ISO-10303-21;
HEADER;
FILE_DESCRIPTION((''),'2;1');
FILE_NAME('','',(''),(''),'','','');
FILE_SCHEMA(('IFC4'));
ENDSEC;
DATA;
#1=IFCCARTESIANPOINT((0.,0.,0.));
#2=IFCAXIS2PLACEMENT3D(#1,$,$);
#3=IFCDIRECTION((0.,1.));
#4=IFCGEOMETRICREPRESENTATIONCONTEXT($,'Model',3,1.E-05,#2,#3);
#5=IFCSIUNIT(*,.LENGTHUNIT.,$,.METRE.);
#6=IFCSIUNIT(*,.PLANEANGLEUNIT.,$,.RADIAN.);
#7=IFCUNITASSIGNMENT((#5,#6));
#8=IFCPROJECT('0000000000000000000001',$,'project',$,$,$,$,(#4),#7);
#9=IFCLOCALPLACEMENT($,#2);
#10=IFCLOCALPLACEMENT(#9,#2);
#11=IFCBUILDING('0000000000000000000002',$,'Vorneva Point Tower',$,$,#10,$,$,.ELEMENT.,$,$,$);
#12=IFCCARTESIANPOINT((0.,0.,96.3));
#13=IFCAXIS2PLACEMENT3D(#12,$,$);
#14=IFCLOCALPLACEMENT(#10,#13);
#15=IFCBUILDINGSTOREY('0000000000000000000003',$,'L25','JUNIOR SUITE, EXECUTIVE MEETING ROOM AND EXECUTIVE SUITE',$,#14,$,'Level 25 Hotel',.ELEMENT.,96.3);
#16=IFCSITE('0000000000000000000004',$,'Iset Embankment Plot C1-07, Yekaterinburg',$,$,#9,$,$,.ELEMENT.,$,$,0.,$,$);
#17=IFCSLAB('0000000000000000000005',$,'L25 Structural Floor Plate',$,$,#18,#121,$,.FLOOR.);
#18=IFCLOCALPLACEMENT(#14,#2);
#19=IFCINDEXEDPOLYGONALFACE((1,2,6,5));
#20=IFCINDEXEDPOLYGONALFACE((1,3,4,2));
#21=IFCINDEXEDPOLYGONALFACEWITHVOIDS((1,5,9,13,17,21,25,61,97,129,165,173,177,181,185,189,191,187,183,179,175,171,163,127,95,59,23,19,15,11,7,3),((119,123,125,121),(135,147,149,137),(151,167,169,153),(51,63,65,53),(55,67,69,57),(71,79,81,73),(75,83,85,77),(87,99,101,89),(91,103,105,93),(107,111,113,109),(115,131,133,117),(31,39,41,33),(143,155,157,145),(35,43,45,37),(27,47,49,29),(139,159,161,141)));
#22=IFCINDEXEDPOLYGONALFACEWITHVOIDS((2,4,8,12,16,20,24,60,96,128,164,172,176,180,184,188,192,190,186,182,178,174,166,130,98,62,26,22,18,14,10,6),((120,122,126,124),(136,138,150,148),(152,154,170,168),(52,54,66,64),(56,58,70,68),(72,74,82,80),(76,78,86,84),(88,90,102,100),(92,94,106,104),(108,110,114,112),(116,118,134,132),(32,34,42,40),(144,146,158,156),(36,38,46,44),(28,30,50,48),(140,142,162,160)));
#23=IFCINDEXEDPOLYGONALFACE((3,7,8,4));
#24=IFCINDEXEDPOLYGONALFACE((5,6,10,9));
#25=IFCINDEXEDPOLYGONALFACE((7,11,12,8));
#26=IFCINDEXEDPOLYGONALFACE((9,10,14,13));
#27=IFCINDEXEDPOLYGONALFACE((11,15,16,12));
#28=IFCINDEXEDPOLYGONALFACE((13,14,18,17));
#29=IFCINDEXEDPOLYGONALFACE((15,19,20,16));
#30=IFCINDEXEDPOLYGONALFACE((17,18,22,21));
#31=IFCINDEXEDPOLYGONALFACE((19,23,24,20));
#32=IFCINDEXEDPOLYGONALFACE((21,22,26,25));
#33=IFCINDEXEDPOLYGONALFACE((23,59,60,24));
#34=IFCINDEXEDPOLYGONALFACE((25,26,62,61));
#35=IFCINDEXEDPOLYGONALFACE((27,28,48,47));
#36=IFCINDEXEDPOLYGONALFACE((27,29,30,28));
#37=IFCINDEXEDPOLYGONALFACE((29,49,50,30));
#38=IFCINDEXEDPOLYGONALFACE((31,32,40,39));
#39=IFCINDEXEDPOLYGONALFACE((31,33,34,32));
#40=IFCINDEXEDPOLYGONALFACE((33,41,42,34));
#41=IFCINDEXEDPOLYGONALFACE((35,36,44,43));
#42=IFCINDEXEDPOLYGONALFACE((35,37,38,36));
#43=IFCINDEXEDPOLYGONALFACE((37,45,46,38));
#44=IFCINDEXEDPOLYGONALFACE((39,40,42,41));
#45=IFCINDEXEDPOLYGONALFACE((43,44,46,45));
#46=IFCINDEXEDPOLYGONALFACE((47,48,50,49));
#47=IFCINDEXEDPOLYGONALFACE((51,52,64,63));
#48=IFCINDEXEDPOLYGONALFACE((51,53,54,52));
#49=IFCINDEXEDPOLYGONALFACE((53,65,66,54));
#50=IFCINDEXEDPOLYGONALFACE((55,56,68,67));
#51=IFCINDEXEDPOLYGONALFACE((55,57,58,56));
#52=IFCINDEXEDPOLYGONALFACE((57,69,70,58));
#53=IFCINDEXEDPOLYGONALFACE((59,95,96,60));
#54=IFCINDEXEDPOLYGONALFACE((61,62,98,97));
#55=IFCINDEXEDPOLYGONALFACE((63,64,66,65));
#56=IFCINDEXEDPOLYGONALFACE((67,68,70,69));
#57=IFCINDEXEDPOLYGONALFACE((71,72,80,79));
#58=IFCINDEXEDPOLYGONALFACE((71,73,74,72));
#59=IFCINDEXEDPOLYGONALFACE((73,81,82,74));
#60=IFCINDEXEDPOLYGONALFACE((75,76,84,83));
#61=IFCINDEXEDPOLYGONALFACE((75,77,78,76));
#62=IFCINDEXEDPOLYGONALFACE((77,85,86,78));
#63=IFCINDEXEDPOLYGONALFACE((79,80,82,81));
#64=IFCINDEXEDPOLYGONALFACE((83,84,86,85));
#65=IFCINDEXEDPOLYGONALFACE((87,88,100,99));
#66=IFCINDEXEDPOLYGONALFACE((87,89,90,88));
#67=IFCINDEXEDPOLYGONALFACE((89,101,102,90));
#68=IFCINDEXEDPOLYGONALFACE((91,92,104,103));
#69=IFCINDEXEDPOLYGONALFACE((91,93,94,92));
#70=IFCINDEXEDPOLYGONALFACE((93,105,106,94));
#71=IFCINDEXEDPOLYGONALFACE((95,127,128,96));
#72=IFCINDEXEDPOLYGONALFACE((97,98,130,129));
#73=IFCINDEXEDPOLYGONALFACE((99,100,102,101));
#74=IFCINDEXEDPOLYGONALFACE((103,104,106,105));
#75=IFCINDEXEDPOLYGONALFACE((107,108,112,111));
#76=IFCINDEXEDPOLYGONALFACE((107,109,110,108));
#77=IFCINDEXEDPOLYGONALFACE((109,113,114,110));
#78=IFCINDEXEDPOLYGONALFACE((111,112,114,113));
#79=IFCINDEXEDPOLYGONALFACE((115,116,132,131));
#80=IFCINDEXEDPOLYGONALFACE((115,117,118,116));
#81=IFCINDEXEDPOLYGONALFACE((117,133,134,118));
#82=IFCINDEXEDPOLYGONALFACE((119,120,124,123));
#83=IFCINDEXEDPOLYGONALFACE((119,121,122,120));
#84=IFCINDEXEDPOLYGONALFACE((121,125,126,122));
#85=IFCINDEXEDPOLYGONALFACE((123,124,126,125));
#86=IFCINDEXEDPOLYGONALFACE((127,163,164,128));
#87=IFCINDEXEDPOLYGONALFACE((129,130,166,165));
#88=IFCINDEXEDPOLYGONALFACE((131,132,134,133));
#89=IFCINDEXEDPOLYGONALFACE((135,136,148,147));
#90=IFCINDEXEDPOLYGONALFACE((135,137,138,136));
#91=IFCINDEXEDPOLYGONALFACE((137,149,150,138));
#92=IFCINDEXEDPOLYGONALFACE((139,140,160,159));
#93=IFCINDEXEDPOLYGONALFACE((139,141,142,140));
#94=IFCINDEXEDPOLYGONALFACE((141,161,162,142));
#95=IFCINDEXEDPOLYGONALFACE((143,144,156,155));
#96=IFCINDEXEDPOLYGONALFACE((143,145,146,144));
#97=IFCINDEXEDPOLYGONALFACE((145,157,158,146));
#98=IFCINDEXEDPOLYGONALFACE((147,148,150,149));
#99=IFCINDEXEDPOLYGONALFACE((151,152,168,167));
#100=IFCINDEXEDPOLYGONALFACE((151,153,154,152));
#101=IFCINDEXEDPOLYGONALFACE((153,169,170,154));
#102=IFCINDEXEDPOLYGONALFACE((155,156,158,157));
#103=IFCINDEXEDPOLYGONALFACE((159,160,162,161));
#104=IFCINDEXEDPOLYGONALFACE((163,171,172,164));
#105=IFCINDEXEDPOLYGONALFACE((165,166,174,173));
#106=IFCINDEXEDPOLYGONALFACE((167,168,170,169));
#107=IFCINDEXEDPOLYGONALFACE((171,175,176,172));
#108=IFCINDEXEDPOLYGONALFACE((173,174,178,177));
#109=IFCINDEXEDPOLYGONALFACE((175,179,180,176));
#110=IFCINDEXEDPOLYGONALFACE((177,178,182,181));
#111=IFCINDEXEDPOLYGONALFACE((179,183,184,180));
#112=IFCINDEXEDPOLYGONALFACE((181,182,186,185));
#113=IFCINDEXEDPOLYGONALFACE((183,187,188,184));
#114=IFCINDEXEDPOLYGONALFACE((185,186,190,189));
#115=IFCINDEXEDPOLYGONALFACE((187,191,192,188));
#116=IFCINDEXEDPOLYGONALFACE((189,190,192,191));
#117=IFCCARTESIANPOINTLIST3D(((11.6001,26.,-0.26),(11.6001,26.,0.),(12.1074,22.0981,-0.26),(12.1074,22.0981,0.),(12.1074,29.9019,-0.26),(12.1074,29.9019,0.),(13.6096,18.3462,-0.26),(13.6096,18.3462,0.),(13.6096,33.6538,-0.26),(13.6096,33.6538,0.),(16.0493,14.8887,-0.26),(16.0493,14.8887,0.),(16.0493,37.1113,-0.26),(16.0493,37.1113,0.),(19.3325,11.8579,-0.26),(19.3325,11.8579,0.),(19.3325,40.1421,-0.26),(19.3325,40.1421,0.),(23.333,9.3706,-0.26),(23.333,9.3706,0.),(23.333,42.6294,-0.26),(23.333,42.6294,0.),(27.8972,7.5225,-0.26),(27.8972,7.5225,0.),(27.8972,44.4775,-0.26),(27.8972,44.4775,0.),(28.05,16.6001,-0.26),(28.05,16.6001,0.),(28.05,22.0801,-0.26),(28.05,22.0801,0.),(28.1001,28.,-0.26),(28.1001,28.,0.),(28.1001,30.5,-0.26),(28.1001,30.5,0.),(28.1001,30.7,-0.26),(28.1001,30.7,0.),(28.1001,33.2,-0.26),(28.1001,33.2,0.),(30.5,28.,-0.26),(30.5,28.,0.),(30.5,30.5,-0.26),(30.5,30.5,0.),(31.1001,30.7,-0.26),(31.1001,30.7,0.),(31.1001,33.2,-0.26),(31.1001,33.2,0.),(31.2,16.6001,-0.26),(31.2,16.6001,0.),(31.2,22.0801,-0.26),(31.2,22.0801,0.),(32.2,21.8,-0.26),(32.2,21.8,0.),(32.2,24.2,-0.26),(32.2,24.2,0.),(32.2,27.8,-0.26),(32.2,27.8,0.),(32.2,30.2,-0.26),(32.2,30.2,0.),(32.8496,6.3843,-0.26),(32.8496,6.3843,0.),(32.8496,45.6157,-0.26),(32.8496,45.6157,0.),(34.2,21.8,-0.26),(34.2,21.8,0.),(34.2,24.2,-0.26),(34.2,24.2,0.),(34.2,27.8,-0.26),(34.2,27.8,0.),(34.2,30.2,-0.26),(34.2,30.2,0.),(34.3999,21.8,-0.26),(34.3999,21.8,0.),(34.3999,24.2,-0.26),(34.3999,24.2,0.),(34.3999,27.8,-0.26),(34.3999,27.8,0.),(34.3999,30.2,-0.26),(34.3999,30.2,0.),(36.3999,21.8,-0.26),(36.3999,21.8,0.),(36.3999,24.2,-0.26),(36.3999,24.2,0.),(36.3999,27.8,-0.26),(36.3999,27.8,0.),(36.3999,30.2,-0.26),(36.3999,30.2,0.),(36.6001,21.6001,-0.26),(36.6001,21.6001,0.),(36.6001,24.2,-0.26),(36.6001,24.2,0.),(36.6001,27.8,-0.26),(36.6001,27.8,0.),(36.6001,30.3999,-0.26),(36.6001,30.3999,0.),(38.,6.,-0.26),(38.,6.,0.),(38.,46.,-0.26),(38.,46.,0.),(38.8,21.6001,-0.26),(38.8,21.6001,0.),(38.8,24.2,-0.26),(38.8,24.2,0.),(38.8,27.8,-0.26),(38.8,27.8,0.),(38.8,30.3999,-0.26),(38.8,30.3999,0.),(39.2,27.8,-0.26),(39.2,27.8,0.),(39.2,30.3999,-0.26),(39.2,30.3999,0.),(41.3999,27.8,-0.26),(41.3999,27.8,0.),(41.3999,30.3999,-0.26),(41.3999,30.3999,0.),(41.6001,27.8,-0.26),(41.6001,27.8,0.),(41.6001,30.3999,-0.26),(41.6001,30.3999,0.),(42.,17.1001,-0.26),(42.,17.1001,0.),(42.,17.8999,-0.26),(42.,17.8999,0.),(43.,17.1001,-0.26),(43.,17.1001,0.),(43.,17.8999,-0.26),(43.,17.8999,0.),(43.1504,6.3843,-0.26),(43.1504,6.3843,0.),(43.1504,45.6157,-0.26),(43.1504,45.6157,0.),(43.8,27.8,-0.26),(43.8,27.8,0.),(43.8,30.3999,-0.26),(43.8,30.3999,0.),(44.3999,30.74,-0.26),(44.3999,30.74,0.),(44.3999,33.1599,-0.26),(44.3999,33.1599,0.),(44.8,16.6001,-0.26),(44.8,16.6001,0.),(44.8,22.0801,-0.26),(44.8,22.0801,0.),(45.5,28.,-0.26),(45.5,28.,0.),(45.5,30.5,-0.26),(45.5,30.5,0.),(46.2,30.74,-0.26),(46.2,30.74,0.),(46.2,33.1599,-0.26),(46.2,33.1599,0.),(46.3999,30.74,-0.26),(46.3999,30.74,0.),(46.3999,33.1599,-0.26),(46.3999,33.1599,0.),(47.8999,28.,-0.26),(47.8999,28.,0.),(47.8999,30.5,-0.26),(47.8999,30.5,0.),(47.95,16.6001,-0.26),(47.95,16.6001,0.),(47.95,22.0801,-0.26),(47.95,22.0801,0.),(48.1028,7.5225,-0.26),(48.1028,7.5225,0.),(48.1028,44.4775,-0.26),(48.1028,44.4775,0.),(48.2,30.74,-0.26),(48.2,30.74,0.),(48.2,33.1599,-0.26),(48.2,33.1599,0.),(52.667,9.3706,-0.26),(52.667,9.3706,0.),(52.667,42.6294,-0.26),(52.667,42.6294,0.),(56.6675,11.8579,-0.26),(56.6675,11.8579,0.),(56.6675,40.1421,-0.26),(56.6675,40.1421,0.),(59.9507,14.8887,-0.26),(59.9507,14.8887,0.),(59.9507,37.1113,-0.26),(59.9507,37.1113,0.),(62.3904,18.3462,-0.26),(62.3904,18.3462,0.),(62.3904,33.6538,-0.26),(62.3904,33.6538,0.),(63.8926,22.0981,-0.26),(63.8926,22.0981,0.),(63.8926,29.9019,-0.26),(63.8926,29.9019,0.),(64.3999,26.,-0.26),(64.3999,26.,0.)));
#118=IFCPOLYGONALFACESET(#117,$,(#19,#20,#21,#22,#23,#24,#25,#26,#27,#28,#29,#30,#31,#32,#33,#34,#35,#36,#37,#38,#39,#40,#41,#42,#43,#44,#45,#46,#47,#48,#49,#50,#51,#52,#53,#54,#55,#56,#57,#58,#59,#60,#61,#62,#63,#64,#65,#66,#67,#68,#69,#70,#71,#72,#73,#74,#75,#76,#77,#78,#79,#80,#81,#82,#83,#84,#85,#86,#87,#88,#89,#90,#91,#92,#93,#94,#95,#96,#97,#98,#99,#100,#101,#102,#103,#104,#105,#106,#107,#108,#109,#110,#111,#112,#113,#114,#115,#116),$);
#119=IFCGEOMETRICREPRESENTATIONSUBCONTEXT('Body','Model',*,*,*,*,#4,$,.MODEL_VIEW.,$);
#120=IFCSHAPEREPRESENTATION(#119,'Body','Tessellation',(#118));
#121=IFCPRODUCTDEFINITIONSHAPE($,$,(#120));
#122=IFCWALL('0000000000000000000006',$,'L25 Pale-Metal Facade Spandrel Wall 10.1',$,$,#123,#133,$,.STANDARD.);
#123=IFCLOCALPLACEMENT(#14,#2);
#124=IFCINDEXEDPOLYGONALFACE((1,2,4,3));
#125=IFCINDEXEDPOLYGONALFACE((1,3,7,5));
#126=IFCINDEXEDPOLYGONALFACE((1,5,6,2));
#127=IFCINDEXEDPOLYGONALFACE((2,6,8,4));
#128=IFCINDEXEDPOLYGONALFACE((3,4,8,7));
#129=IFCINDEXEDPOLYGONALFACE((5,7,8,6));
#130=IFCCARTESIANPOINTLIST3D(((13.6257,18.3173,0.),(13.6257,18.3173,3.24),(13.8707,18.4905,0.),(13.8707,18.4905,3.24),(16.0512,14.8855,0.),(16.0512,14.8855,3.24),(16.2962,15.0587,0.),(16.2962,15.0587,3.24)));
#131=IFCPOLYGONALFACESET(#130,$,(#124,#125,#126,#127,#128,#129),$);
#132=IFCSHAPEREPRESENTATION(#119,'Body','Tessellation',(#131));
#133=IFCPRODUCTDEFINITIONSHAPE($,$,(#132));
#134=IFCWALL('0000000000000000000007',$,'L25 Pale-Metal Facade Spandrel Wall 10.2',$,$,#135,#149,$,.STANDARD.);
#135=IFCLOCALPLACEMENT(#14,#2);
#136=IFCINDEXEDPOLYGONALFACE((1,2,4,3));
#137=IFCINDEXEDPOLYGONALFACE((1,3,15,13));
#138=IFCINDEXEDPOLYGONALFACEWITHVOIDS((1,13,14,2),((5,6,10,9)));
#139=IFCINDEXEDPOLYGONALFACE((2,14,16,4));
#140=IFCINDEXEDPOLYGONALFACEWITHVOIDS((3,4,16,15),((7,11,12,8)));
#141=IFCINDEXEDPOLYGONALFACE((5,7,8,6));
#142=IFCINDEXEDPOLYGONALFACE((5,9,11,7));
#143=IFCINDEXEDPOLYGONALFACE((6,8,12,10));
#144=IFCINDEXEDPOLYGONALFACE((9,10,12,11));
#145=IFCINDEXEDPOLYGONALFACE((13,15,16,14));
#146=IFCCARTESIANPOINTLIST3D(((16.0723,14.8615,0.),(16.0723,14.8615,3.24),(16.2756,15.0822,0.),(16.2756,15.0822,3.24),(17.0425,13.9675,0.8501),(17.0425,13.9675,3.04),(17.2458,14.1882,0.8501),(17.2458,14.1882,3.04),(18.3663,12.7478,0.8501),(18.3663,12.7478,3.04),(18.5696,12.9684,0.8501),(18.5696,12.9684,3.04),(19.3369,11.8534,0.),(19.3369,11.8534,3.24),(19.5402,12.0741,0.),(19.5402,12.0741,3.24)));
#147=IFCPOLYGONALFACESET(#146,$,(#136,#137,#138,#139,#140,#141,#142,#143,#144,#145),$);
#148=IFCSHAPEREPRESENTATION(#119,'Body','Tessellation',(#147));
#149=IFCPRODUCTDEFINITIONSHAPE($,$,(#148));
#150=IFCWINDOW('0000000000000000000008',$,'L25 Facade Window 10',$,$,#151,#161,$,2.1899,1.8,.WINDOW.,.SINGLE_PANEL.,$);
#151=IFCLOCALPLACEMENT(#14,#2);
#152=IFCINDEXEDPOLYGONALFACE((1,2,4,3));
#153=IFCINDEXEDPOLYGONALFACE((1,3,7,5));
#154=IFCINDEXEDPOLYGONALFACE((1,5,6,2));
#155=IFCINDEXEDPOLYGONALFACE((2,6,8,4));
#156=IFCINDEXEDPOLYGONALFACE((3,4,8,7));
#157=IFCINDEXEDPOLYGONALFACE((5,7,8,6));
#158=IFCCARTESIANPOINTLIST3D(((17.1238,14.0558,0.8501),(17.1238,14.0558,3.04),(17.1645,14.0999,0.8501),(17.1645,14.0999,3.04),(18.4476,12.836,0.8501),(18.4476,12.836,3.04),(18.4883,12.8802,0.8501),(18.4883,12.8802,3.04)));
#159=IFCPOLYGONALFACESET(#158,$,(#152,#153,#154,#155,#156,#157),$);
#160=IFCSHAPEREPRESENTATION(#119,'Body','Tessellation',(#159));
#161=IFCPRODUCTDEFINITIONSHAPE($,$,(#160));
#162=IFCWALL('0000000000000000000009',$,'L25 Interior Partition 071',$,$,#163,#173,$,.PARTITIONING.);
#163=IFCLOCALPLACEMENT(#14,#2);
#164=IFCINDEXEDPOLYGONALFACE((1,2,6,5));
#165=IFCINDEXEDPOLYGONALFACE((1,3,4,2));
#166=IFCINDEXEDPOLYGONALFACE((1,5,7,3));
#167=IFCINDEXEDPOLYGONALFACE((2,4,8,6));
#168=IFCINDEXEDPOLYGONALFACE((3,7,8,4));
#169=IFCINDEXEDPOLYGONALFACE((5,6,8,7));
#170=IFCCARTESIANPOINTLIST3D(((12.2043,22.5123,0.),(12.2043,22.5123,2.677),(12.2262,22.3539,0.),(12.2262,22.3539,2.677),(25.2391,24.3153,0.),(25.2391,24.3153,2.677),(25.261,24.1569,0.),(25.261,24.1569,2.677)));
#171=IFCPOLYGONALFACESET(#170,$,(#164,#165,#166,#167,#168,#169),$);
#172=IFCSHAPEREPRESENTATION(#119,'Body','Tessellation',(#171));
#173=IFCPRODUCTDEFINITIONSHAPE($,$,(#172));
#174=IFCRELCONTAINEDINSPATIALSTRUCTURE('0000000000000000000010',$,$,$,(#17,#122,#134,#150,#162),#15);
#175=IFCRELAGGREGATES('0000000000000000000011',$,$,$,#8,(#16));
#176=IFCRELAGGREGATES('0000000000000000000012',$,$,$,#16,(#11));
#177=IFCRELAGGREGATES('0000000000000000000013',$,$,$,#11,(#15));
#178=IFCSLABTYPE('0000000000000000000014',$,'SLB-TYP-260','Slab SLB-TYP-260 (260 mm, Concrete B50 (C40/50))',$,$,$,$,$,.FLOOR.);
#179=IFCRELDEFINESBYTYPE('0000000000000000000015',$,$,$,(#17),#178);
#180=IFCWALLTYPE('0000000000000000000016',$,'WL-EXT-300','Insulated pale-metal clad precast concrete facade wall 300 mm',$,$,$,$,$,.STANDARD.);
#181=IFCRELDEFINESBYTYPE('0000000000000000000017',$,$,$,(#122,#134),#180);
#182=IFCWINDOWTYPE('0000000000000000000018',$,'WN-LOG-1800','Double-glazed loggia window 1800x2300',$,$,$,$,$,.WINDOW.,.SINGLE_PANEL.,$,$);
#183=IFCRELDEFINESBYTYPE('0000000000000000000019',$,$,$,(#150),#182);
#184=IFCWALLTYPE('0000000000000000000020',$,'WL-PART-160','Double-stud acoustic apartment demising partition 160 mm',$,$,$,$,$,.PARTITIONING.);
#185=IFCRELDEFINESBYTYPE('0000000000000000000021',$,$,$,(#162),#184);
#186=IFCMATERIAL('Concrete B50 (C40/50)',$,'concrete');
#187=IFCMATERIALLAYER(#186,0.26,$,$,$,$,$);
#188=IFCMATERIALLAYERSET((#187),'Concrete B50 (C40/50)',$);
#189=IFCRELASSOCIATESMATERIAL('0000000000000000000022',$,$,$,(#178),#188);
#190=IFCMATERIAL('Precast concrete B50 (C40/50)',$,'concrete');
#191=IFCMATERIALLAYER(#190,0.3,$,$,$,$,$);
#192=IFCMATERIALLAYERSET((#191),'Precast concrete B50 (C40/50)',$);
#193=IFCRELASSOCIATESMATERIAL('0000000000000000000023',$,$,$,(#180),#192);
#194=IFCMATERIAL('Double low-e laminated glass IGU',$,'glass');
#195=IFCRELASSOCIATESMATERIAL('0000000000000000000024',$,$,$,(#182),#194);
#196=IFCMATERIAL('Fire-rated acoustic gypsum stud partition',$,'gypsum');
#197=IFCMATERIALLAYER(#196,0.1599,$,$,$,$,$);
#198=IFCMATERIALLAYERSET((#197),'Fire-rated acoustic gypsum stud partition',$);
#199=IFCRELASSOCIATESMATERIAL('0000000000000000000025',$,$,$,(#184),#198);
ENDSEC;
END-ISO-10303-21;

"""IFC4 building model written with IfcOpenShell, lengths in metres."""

from ifc_helpers import new_model, si_unit, direction, frame, frame_2d, origin, place, context, subcontext, project, spatial, polyline, rectangle, outline, extrude, material, layer, layer_set, type_object, element, fill, save


model = new_model("IFC4")

# Units and contexts
model_context = context("Model", 3, precision=1e-05, world=origin(), true_north=direction((0.0, 1.0)))
body_context = subcontext(model_context, "Body", "Model", "MODEL_VIEW")
ifc_project = project(units=[si_unit("LENGTHUNIT", "METRE"), si_unit("PLANEANGLEUNIT", "RADIAN")], contexts=[model_context])

# Site, building, storey
site_placement = place(None, origin())
site = spatial("IfcSite", under=ifc_project, at=site_placement, Name="Iset Embankment Plot C1-07, Yekaterinburg", CompositionType="ELEMENT", RefElevation=0.0)
building_placement = place(site_placement, origin())
building = spatial("IfcBuilding", under=site, at=building_placement, Name="Vorneva Point Tower", CompositionType="ELEMENT")
storey_placement = place(building_placement, frame((0.0, 0.0, 96.3)))
storey = spatial("IfcBuildingStorey", under=building, at=storey_placement, Name="L25", Description="JUNIOR SUITE, EXECUTIVE MEETING ROOM AND EXECUTIVE SUITE", LongName="Level 25 Hotel", CompositionType="ELEMENT", Elevation=96.3)

# Shared definitions
ifc_material_1 = material(Name="Double low-e laminated glass IGU", Category="glass")

# Shared definitions
ifc_material_2 = material(Name="Concrete B50 (C40/50)", Category="concrete")

# Slab
ifc_layer_1 = layer(ifc_material_2, 0.26)
ifc_layer_set_1 = layer_set([ifc_layer_1], Name="Concrete B50 (C40/50)")
slab_type_1 = type_object("IfcSlabType", Name="SLB-TYP-260", Description="Slab SLB-TYP-260 (260 mm, Concrete B50 (C40/50))", PredefinedType="FLOOR", material=ifc_layer_set_1)
slab_1_placement = place(storey_placement, frame((0.0, 0.0, -0.26)))
element("IfcSlab", 1, at=slab_1_placement, inside=storey, type_object=slab_type_1, Name="L25 Structural Floor Plate", PredefinedType="FLOOR", context=body_context, shape_type="SweptSolid", body=[
    extrude(outline(polyline([(64.3999, 26.0), (63.8926, 29.9019), (62.3904, 33.6538), (59.9507, 37.1113), (56.6675, 40.1421), (52.667, 42.6294), (48.1028, 44.4775), (43.1504, 45.6157), (38.0, 46.0), (32.8496, 45.6157), (27.8972, 44.4775), (23.333, 42.6294), (19.3325, 40.1421), (16.0493, 37.1113), (13.6096, 33.6538), (12.1074, 29.9019), (11.6001, 26.0), (12.1074, 22.0981), (13.6096, 18.3462), (16.0493, 14.8887), (19.3325, 11.8579), (23.333, 9.3706), (27.8972, 7.5225), (32.8496, 6.3843), (38.0, 6.0), (43.1504, 6.3843), (48.1028, 7.5225), (52.667, 9.3706), (56.6675, 11.8579), (59.9507, 14.8887), (62.3904, 18.3462), (63.8926, 22.0981), (64.3999, 26.0)]), holes=[polyline([(32.2, 27.8), (34.2, 27.8), (34.2, 30.2), (32.2, 30.2), (32.2, 27.8)]), polyline([(34.3999, 27.8), (36.3999, 27.8), (36.3999, 30.2), (34.3999, 30.2), (34.3999, 27.8)]), polyline([(36.6001, 27.8), (38.8, 27.8), (38.8, 30.3999), (36.6001, 30.3999), (36.6001, 27.8)]), polyline([(32.2, 21.8), (34.2, 21.8), (34.2, 24.2), (32.2, 24.2), (32.2, 21.8)]), polyline([(34.3999, 21.8), (36.3999, 21.8), (36.3999, 24.2), (34.3999, 24.2), (34.3999, 21.8)]), polyline([(36.6001, 21.6001), (38.8, 21.6001), (38.8, 24.2), (36.6001, 24.2), (36.6001, 21.6001)]), polyline([(39.2, 27.8), (41.3999, 27.8), (41.3999, 30.3999), (39.2, 30.3999), (39.2, 27.8)]), polyline([(41.6001, 27.8), (43.8, 27.8), (43.8, 30.3999), (41.6001, 30.3999), (41.6001, 27.8)]), polyline([(44.3999, 30.74), (46.2, 30.74), (46.2, 33.1599), (44.3999, 33.1599), (44.3999, 30.74)]), polyline([(46.3999, 30.74), (48.2, 30.74), (48.2, 33.1599), (46.3999, 33.1599), (46.3999, 30.74)]), polyline([(28.1001, 28.0), (30.5, 28.0), (30.5, 30.5), (28.1001, 30.5), (28.1001, 28.0)]), polyline([(45.5, 28.0), (47.8999, 28.0), (47.8999, 30.5), (45.5, 30.5), (45.5, 28.0)]), polyline([(28.1001, 30.7), (31.1001, 30.7), (31.1001, 33.2), (28.1001, 33.2), (28.1001, 30.7)]), polyline([(28.05, 16.6001), (31.2, 16.6001), (31.2, 22.0801), (28.05, 22.0801), (28.05, 16.6001)]), polyline([(44.8, 16.6001), (47.95, 16.6001), (47.95, 22.0801), (44.8, 22.0801), (44.8, 16.6001)]), polyline([(42.0, 17.1001), (43.0, 17.1001), (43.0, 17.8999), (42.0, 17.8999), (42.0, 17.1001)])]), origin(), (0.0, 0.0, 1.0), 0.26),
])

# Wall
ifc_material_3 = material(Name="Precast concrete B50 (C40/50)", Category="concrete")
ifc_layer_2 = layer(ifc_material_3, 0.3)
ifc_layer_set_2 = layer_set([ifc_layer_2], Name="Precast concrete B50 (C40/50)")
wall_type_1 = type_object("IfcWallType", Name="WL-EXT-300", Description="Insulated pale-metal clad precast concrete facade wall 300 mm", PredefinedType="STANDARD", material=ifc_layer_set_2)
wall_1_placement = place(storey_placement, frame((13.7483, 18.4038, 0.0), z_axis=(0.0, 0.0, 1.0), x_axis=(0.577164, -0.816628, 0.0)))
element("IfcWall", 2, at=wall_1_placement, inside=storey, type_object=wall_type_1, Name="L25 Pale-Metal Facade Spandrel Wall 10.1", PredefinedType="STANDARD", context=body_context, shape_type="SweptSolid", body=[
    extrude(rectangle(XDim=4.2024, YDim=0.3, at=frame_2d((2.1011, 0.0))), origin(), (0.0, 0.0, 1.0), 3.24),
])

# Wall, opening, window
wall_2_placement = place(storey_placement, frame((16.1738, 14.9719, 0.0), z_axis=(0.0, 0.0, 1.0), x_axis=(0.735417, -0.677615, 0.0)))
wall_2 = element("IfcWall", 3, at=wall_2_placement, inside=storey, type_object=wall_type_1, Name="L25 Pale-Metal Facade Spandrel Wall 10.2", PredefinedType="STANDARD", context=body_context, shape_type="SweptSolid", body=[
    extrude(rectangle(XDim=4.4392, YDim=0.3, at=frame_2d((2.2197, 0.0))), origin(), (0.0, 0.0, 1.0), 3.24),
])
opening_placement = place(wall_2_placement, frame((1.3196, 0.0, 0.8501)))
opening = element("IfcOpeningElement", 4, at=opening_placement, cuts=wall_2, PredefinedType="OPENING", context=body_context, shape_type="SweptSolid", body=[
    extrude(rectangle(XDim=1.8, YDim=2.1899, at=frame_2d((0.8999, 1.095))), frame((0.0, 0.165, 0.0), z_axis=(0.0, -1.0, 0.0), x_axis=(1.0, 0.0, 0.0)), (0.0, 0.0, 1.0), 0.3298),
])
window_type = type_object("IfcWindowType", Name="WN-LOG-1800", Description="Double-glazed loggia window 1800x2300", PartitioningType="SINGLE_PANEL", PredefinedType="WINDOW", material=ifc_material_1)
window_placement = place(opening_placement, origin())
window = element("IfcWindow", 5, at=window_placement, inside=storey, type_object=window_type, Name="L25 Facade Window 10", OverallHeight=2.1899, OverallWidth=1.8, PartitioningType="SINGLE_PANEL", PredefinedType="WINDOW", context=body_context, shape_type="SweptSolid", body=[
    extrude(rectangle(XDim=1.8, YDim=2.1899, at=frame_2d((0.8999, 1.095))), frame((0.0, 0.03, 0.0), z_axis=(0.0, -1.0, 0.0), x_axis=(1.0, 0.0, 0.0)), (0.0, 0.0, 1.0), 0.0601),
])
fill(opening, window)

# Wall
ifc_material_4 = material(Name="Fire-rated acoustic gypsum stud partition", Category="gypsum")
ifc_layer_3 = layer(ifc_material_4, 0.1599)
ifc_layer_set_3 = layer_set([ifc_layer_3], Name="Fire-rated acoustic gypsum stud partition")
wall_type_2 = type_object("IfcWallType", Name="WL-PART-160", Description="Double-stud acoustic apartment demising partition 160 mm", PredefinedType="PARTITIONING", material=ifc_layer_set_3)
wall_3_placement = place(storey_placement, frame((12.2151, 22.4331, 0.0), z_axis=(0.0, 0.0, 1.0), x_axis=(0.990569, 0.137015, 0.0)))
element("IfcWall", 6, at=wall_3_placement, inside=storey, type_object=wall_type_2, Name="L25 Interior Partition 071", PredefinedType="PARTITIONING", context=body_context, shape_type="SweptSolid", body=[
    extrude(rectangle(XDim=13.1589, YDim=0.1599, at=frame_2d((6.5796, 0.0))), origin(), (0.0, 0.0, 1.0), 2.677),
])

save(model, "model.ifc")
